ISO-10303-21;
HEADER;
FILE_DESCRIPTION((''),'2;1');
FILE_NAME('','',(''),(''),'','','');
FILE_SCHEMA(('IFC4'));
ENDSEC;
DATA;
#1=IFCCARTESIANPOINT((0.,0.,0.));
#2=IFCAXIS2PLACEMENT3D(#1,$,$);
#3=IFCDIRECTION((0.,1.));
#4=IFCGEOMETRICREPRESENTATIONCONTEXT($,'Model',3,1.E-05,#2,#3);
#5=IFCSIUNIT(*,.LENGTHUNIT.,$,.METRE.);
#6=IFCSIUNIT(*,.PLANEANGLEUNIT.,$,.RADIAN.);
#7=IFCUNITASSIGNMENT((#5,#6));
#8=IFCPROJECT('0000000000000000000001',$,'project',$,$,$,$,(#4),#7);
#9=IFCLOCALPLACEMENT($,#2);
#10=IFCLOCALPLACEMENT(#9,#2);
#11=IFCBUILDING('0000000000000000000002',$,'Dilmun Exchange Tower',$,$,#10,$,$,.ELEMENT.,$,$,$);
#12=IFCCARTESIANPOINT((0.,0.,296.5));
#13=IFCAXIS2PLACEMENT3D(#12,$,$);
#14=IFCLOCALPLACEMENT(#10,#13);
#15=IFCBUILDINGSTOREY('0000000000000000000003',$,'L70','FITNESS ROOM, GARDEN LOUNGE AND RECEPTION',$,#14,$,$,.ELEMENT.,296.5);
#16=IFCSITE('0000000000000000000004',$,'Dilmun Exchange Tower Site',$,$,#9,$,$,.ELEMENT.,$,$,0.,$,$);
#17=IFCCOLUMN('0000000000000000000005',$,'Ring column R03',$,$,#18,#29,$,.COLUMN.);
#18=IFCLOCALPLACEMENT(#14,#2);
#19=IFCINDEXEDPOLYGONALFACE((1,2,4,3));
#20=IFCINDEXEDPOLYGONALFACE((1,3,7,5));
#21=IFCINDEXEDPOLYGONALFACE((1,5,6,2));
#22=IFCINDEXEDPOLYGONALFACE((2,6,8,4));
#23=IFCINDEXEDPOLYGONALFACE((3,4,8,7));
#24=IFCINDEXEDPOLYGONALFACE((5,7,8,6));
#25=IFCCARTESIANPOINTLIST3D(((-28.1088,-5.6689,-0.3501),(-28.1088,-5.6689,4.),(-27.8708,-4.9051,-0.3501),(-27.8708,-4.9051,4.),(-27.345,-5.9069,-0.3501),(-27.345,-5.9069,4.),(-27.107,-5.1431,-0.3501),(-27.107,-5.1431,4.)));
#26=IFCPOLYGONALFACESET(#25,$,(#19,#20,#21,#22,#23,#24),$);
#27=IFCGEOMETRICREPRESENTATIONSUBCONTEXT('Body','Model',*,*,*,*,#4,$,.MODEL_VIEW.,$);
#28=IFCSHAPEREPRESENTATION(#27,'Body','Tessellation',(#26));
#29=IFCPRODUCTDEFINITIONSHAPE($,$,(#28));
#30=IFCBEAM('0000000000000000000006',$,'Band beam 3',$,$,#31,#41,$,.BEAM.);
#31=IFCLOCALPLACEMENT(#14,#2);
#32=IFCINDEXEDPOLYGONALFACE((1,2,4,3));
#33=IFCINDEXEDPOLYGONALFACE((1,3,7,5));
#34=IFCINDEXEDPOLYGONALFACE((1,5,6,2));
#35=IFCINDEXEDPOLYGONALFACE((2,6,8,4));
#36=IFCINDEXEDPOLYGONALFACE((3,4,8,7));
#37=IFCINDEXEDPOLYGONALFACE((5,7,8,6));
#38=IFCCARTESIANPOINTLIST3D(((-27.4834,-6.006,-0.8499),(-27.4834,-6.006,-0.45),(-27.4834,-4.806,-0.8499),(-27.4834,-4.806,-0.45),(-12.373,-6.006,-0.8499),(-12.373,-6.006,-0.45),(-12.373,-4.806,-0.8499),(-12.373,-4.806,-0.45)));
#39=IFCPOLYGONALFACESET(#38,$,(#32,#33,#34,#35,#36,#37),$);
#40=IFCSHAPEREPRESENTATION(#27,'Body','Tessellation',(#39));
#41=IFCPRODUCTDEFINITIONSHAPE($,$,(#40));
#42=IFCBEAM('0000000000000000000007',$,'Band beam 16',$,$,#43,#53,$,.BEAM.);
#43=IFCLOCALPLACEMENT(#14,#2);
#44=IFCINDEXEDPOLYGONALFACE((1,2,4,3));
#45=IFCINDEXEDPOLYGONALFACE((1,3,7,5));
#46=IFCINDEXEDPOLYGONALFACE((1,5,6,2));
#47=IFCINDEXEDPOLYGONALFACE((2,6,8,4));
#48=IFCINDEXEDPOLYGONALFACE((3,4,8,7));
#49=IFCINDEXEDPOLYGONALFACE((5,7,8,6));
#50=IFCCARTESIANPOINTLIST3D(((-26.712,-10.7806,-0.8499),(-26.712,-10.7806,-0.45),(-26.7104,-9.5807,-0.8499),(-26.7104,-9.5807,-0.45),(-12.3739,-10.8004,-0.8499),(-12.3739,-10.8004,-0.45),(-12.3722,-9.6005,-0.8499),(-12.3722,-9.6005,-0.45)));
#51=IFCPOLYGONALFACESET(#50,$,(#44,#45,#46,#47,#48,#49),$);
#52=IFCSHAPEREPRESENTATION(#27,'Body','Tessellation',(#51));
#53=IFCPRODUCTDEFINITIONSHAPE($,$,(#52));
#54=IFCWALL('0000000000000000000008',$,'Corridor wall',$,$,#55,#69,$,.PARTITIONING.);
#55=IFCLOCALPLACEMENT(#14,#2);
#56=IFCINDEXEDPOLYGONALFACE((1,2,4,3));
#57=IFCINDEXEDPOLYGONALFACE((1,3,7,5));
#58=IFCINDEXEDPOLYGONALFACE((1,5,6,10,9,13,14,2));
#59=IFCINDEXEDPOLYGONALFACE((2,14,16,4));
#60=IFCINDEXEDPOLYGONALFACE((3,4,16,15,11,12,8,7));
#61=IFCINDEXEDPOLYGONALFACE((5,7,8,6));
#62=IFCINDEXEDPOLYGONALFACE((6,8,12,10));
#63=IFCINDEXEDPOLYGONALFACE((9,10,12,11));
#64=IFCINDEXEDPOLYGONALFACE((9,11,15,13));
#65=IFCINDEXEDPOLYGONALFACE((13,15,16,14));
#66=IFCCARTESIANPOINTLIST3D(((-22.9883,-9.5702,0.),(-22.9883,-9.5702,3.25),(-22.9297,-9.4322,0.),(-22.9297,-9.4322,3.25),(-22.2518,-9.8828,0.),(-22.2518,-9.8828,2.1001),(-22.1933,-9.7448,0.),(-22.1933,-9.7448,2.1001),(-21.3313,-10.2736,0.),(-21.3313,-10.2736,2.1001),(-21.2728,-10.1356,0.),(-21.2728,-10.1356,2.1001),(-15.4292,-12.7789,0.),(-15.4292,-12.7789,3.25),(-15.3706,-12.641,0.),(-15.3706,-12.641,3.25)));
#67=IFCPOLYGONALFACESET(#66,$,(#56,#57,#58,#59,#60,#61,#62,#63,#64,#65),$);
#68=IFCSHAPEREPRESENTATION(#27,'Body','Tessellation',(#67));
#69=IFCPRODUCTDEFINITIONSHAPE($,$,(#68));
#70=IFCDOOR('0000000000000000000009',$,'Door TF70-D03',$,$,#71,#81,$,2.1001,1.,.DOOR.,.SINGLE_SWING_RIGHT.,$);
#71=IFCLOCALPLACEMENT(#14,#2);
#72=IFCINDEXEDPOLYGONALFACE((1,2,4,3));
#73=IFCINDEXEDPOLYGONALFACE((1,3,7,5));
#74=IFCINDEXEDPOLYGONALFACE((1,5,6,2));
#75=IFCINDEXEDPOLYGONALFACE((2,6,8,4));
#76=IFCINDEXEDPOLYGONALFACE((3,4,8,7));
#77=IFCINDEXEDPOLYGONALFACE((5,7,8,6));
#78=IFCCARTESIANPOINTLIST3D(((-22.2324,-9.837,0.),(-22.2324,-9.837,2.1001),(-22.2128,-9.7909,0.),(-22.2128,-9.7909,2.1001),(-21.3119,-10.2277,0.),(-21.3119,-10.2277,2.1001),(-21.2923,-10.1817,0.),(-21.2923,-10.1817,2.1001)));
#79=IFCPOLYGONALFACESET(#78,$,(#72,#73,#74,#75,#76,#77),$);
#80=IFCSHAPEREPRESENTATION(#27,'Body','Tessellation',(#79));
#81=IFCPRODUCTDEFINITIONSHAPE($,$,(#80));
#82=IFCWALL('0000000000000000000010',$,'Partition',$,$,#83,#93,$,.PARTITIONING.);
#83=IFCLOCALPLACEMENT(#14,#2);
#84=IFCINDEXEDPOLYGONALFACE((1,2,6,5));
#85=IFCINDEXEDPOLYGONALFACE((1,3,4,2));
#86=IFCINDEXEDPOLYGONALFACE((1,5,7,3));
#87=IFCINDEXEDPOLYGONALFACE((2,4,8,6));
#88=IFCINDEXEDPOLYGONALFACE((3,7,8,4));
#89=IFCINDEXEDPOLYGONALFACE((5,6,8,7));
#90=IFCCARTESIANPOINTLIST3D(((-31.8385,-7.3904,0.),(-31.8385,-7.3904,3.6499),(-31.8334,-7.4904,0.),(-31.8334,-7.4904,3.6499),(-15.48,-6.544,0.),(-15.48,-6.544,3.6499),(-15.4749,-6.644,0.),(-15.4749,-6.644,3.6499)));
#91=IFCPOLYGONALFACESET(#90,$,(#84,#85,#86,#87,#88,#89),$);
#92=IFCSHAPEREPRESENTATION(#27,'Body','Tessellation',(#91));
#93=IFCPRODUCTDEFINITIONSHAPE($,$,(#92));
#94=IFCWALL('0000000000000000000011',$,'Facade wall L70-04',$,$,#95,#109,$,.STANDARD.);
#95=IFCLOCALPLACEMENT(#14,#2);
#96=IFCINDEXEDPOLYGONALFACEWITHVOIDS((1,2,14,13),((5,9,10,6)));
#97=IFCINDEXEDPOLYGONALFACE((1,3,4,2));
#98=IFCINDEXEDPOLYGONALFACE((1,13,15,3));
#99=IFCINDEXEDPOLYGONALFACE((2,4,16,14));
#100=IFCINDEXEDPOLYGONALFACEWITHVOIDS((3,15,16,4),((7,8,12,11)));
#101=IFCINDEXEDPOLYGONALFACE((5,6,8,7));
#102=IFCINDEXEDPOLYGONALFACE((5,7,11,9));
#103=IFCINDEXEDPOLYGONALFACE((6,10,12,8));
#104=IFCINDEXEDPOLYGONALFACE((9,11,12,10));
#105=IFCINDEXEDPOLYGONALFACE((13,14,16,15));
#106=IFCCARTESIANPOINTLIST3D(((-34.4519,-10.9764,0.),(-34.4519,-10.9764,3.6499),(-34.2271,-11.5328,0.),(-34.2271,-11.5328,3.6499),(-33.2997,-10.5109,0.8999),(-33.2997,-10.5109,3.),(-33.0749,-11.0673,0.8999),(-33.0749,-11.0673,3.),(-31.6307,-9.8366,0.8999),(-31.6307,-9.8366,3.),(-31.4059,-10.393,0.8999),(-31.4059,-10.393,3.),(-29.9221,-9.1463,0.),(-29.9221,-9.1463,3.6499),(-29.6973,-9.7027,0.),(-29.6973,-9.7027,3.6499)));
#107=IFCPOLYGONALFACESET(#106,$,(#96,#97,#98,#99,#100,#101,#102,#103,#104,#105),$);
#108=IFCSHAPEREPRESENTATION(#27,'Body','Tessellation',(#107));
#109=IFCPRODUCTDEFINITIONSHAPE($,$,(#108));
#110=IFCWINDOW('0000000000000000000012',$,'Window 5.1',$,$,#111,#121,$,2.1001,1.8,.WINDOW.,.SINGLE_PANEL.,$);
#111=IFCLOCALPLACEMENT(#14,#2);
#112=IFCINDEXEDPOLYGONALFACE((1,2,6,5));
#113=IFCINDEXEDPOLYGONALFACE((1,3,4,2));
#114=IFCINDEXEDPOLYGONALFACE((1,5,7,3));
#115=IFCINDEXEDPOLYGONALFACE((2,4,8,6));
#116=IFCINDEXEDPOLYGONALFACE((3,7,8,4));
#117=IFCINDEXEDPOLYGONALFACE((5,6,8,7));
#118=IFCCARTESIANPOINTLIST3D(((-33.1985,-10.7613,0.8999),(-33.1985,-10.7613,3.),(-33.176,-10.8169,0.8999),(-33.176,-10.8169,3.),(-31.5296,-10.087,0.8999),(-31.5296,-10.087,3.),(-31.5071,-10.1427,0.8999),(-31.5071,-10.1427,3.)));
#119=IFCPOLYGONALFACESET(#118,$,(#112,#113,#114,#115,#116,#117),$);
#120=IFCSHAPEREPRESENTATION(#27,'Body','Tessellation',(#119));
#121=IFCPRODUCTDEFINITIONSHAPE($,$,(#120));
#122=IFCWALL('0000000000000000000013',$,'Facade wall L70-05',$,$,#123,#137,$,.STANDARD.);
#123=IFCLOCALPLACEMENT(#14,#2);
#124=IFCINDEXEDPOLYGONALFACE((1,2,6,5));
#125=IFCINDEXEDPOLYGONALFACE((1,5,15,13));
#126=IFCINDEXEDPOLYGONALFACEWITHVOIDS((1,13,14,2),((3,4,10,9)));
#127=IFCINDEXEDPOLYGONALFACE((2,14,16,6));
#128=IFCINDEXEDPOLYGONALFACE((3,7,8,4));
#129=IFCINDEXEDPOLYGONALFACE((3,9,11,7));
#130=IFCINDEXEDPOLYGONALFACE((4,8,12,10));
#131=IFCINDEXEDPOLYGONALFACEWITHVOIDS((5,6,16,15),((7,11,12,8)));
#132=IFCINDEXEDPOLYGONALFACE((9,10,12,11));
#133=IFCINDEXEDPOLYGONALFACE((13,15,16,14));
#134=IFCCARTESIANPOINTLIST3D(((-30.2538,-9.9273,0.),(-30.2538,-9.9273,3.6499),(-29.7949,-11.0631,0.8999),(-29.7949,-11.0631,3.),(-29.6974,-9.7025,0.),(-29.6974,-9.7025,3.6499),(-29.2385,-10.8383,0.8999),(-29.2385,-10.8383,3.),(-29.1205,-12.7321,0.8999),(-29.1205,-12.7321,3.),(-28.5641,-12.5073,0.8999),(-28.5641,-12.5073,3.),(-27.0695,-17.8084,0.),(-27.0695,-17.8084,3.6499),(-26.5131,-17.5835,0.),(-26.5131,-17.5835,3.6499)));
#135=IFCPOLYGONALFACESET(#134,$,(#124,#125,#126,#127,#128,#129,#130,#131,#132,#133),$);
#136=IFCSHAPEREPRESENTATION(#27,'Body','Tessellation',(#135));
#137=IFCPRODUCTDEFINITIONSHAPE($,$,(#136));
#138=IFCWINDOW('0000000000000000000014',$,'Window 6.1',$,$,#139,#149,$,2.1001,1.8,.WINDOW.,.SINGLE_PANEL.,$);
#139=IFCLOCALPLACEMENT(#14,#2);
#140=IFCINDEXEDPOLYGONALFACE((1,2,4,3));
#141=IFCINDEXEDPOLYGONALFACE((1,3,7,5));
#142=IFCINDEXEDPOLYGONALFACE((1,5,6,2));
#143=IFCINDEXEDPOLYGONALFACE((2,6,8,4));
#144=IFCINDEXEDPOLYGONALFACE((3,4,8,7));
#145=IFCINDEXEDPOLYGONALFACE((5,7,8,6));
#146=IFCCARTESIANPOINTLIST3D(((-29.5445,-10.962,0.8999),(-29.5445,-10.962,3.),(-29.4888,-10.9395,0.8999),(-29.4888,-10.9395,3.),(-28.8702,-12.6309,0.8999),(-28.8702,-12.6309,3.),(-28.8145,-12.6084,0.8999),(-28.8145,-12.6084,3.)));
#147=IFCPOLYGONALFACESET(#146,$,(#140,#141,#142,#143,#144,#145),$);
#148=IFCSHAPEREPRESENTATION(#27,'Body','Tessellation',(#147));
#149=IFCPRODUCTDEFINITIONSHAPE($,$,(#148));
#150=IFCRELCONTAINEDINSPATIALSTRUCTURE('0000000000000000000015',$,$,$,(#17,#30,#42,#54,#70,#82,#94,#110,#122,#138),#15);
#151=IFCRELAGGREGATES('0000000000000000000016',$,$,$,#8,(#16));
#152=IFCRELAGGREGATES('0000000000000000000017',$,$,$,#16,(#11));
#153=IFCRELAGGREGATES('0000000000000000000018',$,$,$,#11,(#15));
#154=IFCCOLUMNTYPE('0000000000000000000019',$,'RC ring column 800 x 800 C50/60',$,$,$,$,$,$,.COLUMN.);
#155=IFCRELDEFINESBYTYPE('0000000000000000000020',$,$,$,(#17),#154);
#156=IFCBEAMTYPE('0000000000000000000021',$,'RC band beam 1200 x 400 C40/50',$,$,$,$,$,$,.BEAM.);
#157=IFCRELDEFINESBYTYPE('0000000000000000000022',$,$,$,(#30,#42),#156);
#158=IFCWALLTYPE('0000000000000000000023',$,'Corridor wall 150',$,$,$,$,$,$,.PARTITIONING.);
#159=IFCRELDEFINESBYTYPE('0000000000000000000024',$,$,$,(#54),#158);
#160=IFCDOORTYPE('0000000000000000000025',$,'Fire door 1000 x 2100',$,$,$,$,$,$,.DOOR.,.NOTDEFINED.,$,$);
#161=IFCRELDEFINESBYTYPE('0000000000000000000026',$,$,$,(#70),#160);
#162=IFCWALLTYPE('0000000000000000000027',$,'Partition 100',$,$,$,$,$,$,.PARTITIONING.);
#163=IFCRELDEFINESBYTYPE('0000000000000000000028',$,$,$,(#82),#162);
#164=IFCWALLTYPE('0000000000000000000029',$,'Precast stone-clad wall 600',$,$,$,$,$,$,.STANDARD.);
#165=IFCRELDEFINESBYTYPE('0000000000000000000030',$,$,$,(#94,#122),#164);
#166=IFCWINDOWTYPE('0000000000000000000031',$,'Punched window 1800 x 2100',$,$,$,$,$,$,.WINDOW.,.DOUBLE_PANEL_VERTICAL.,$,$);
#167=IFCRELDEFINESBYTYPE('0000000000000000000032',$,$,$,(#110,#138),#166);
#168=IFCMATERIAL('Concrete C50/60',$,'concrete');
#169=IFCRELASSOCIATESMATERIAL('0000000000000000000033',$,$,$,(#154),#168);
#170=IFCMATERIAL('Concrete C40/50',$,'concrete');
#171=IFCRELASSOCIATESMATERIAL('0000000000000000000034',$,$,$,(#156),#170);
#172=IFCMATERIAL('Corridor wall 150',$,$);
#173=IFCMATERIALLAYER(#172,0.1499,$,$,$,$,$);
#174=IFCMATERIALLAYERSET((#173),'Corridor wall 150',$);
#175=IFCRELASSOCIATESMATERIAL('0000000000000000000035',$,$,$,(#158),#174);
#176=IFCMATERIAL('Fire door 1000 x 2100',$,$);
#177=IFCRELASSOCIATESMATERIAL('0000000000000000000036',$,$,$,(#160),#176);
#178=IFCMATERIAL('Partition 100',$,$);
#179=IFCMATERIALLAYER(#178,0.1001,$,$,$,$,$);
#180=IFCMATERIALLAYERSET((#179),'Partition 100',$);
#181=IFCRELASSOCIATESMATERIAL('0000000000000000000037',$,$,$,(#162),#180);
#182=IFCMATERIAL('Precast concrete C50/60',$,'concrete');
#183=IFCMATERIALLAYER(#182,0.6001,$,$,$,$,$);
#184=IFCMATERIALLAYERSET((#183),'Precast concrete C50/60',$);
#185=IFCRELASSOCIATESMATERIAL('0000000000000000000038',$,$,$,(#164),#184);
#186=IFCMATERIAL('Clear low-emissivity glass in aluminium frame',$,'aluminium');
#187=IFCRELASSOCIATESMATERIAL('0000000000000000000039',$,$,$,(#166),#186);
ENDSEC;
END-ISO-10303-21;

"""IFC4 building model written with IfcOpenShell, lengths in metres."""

from ifc_helpers import new_model, si_unit, direction, frame, frame_2d, origin, origin_2d, place, context, subcontext, project, spatial, rectangle, extrude, material, layer, layer_set, material_profile, profile_set, type_object, element, fill, save


model = new_model("IFC4")

# Units and contexts
model_context = context("Model", 3, precision=1e-05, world=origin(), true_north=direction((0.0, 1.0)))
body_context = subcontext(model_context, "Body", "Model", "MODEL_VIEW")
ifc_project = project(units=[si_unit("LENGTHUNIT", "METRE"), si_unit("PLANEANGLEUNIT", "RADIAN")], contexts=[model_context])

# Site, building, storey
site_placement = place(None, origin())
site = spatial("IfcSite", under=ifc_project, at=site_placement, Name="Dilmun Exchange Tower Site", CompositionType="ELEMENT", RefElevation=0.0)
building_placement = place(site_placement, origin())
building = spatial("IfcBuilding", under=site, at=building_placement, Name="Dilmun Exchange Tower", CompositionType="ELEMENT")
storey_placement = place(building_placement, frame((0.0, 0.0, 296.5)))
storey = spatial("IfcBuildingStorey", under=building, at=storey_placement, Name="L70", Description="FITNESS ROOM, GARDEN LOUNGE AND RECEPTION", CompositionType="ELEMENT", Elevation=296.5)

# Column
ifc_material_1 = material(Name="Concrete C50/60", Category="concrete")
ifc_material_profile_1 = material_profile(ifc_material_1, rectangle(XDim=0.8, YDim=0.8, at=origin_2d()), Name="800 x 800")
ifc_profile_set_1 = profile_set([ifc_material_profile_1], Name="Concrete C50/60")
column_type = type_object("IfcColumnType", Name="RC ring column 800 x 800 C50/60", PredefinedType="COLUMN", material=ifc_profile_set_1)
column_placement = place(storey_placement, frame((-27.6079, -5.406, -0.3501), z_axis=(0.0, 0.0, 1.0), x_axis=(0.297503, 0.954721, 0.0)))
element("IfcColumn", 1, at=column_placement, inside=storey, type_object=column_type, Name="Ring column R03", PredefinedType="COLUMN", context=body_context, shape_type="SweptSolid", body=[
    extrude(rectangle(XDim=0.8, YDim=0.8, at=origin_2d()), origin(), (0.0, 0.0, 1.0), 4.3501),
])

# Beams
ifc_material_2 = material(Name="Concrete C40/50", Category="concrete")
ifc_material_profile_2 = material_profile(ifc_material_2, rectangle(XDim=1.2, YDim=0.3999, at=origin_2d()), Name="1200 x 400")
ifc_profile_set_2 = profile_set([ifc_material_profile_2], Name="Concrete C40/50")
beam_type = type_object("IfcBeamType", Name="RC band beam 1200 x 400 C40/50", PredefinedType="BEAM", material=ifc_profile_set_2)
beam_1_placement = place(storey_placement, frame((-27.4834, -5.406, -0.6499), z_axis=(1.0, 0.0, 0.0), x_axis=(0.0, 1.0, 0.0)))
element("IfcBeam", 2, at=beam_1_placement, inside=storey, type_object=beam_type, Name="Band beam 3", PredefinedType="BEAM", context=body_context, shape_type="SweptSolid", body=[
    extrude(rectangle(XDim=1.2, YDim=0.3999, at=origin_2d()), origin(), (0.0, 0.0, 1.0), 15.1104),
])
beam_2_placement = place(storey_placement, frame((-26.7112, -10.1807, -0.6499), z_axis=(0.999999, -0.001379, 0.0), x_axis=(0.001379, 0.999999, 0.0)))
element("IfcBeam", 3, at=beam_2_placement, inside=storey, type_object=beam_type, Name="Band beam 16", PredefinedType="BEAM", context=body_context, shape_type="SweptSolid", body=[
    extrude(rectangle(XDim=1.2, YDim=0.3999, at=origin_2d()), origin(), (0.0, 0.0, 1.0), 14.3381),
])

# Wall, opening, door
ifc_material_3 = material(Name="Corridor wall 150")
ifc_layer_1 = layer(ifc_material_3, 0.1499)
ifc_layer_set_1 = layer_set([ifc_layer_1], Name="Corridor wall 150")
wall_type_1 = type_object("IfcWallType", Name="Corridor wall 150", PredefinedType="PARTITIONING", material=ifc_layer_set_1)
wall_1_placement = place(storey_placement, frame((-22.959, -9.5012, 0.0), z_axis=(0.0, 0.0, 1.0), x_axis=(0.9205, -0.390741, 0.0)))
wall_1 = element("IfcWall", 4, at=wall_1_placement, inside=storey, type_object=wall_type_1, Name="Corridor wall", PredefinedType="PARTITIONING", context=body_context, shape_type="SweptSolid", body=[
    extrude(rectangle(XDim=8.2119, YDim=0.1499, at=frame_2d((4.106, 0.0))), origin(), (0.0, 0.0, 1.0), 3.25),
])
opening_1_placement = place(wall_1_placement, frame((0.8, 0.0, 0.0)))
opening_1 = element("IfcOpeningElement", 5, at=opening_1_placement, cuts=wall_1, PredefinedType="OPENING", context=body_context, shape_type="SweptSolid", body=[
    extrude(rectangle(XDim=1.0, YDim=2.1001, at=frame_2d((0.5, 1.05))), frame((0.0, 0.085, 0.0), z_axis=(0.0, -1.0, 0.0), x_axis=(1.0, 0.0, 0.0)), (0.0, 0.0, 1.0), 0.1699),
])
ifc_material_4 = material(Name="Fire door 1000 x 2100")
door_type = type_object("IfcDoorType", Name="Fire door 1000 x 2100", OperationType="NOTDEFINED", PredefinedType="DOOR", material=ifc_material_4)
door_placement = place(opening_1_placement, origin())
door = element("IfcDoor", 6, at=door_placement, inside=storey, type_object=door_type, Name="Door TF70-D03", OperationType="SINGLE_SWING_RIGHT", OverallHeight=2.1001, OverallWidth=1.0, PredefinedType="DOOR", context=body_context, shape_type="SweptSolid", body=[
    extrude(rectangle(XDim=1.0, YDim=2.1001, at=frame_2d((0.5, 1.05))), frame((0.0, 0.0249, 0.0), z_axis=(0.0, -1.0, 0.0), x_axis=(1.0, 0.0, 0.0)), (0.0, 0.0, 1.0), 0.05),
])
fill(opening_1, door)

# Wall
ifc_material_5 = material(Name="Partition 100")
ifc_layer_2 = layer(ifc_material_5, 0.1001)
ifc_layer_set_2 = layer_set([ifc_layer_2], Name="Partition 100")
wall_type_2 = type_object("IfcWallType", Name="Partition 100", PredefinedType="PARTITIONING", material=ifc_layer_set_2)
wall_2_placement = place(storey_placement, frame((-31.8359, -7.4404, 0.0), z_axis=(0.0, 0.0, 1.0), x_axis=(0.998664, 0.051674, 0.0)))
element("IfcWall", 7, at=wall_2_placement, inside=storey, type_object=wall_type_2, Name="Partition", PredefinedType="PARTITIONING", context=body_context, shape_type="SweptSolid", body=[
    extrude(rectangle(XDim=16.3804, YDim=0.1001, at=frame_2d((8.1902, 0.0))), origin(), (0.0, 0.0, 1.0), 3.6499),
])

# Walls, openings, windows
ifc_material_6 = material(Name="Precast concrete C50/60", Category="concrete")
ifc_layer_3 = layer(ifc_material_6, 0.6001)
ifc_layer_set_3 = layer_set([ifc_layer_3], Name="Precast concrete C50/60")
wall_type_3 = type_object("IfcWallType", Name="Precast stone-clad wall 600", PredefinedType="STANDARD", material=ifc_layer_set_3)
wall_3_placement = place(storey_placement, frame((-34.3396, -11.2546, 0.0), z_axis=(0.0, 0.0, 1.0), x_axis=(0.927189, 0.374594, 0.0)))
wall_3 = element("IfcWall", 8, at=wall_3_placement, inside=storey, type_object=wall_type_3, Name="Facade wall L70-04", PredefinedType="STANDARD", context=body_context, shape_type="SweptSolid", body=[
    extrude(rectangle(XDim=4.8855, YDim=0.6001, at=frame_2d((2.4429, 0.0))), origin(), (0.0, 0.0, 1.0), 3.6499),
])
opening_2_placement = place(wall_3_placement, frame((1.2429, 0.0, 0.8999)))
opening_2 = element("IfcOpeningElement", 9, at=opening_2_placement, cuts=wall_3, PredefinedType="OPENING", context=body_context, shape_type="SweptSolid", body=[
    extrude(rectangle(XDim=1.8, YDim=2.1001, at=frame_2d((0.8999, 1.05))), frame((0.0, 0.3101, 0.0), z_axis=(0.0, -1.0, 0.0), x_axis=(1.0, 0.0, 0.0)), (0.0, 0.0, 1.0), 0.6201),
])
ifc_material_7 = material(Name="Clear low-emissivity glass in aluminium frame", Category="aluminium")
window_type = type_object("IfcWindowType", Name="Punched window 1800 x 2100", PartitioningType="DOUBLE_PANEL_VERTICAL", PredefinedType="WINDOW", material=ifc_material_7)
window_1_placement = place(opening_2_placement, origin())
window_1 = element("IfcWindow", 10, at=window_1_placement, inside=storey, type_object=window_type, Name="Window 5.1", OverallHeight=2.1001, OverallWidth=1.8, PartitioningType="SINGLE_PANEL", PredefinedType="WINDOW", context=body_context, shape_type="SweptSolid", body=[
    extrude(rectangle(XDim=1.8, YDim=2.1001, at=frame_2d((0.8999, 1.05))), frame((0.0, 0.03, 0.0), z_axis=(0.0, -1.0, 0.0), x_axis=(1.0, 0.0, 0.0)), (0.0, 0.0, 1.0), 0.0601),
])
fill(opening_2, window_1)
wall_4_placement = place(storey_placement, frame((-29.9756, -9.8149, 0.0), z_axis=(0.0, 0.0, 1.0), x_axis=(0.374622, -0.927178, 0.0)))
wall_4 = element("IfcWall", 11, at=wall_4_placement, inside=storey, type_object=wall_type_3, Name="Facade wall L70-05", PredefinedType="STANDARD", context=body_context, shape_type="SweptSolid", body=[
    extrude(rectangle(XDim=8.5, YDim=0.6001, at=frame_2d((4.25, 0.0))), origin(), (0.0, 0.0, 1.0), 3.6499),
])
opening_3_placement = place(wall_4_placement, frame((1.2251, 0.0, 0.8999)))
opening_3 = element("IfcOpeningElement", 12, at=opening_3_placement, cuts=wall_4, PredefinedType="OPENING", context=body_context, shape_type="SweptSolid", body=[
    extrude(rectangle(XDim=1.8, YDim=2.1001, at=frame_2d((0.8999, 1.05))), frame((0.0, 0.3101, 0.0), z_axis=(0.0, -1.0, 0.0), x_axis=(1.0, 0.0, 0.0)), (0.0, 0.0, 1.0), 0.6201),
])
window_2_placement = place(opening_3_placement, origin())
window_2 = element("IfcWindow", 13, at=window_2_placement, inside=storey, type_object=window_type, Name="Window 6.1", OverallHeight=2.1001, OverallWidth=1.8, PartitioningType="SINGLE_PANEL", PredefinedType="WINDOW", context=body_context, shape_type="SweptSolid", body=[
    extrude(rectangle(XDim=1.8, YDim=2.1001, at=frame_2d((0.8999, 1.05))), frame((0.0, 0.03, 0.0), z_axis=(0.0, -1.0, 0.0), x_axis=(1.0, 0.0, 0.0)), (0.0, 0.0, 1.0), 0.0601),
])
fill(opening_3, window_2)

save(model, "model.ifc")
